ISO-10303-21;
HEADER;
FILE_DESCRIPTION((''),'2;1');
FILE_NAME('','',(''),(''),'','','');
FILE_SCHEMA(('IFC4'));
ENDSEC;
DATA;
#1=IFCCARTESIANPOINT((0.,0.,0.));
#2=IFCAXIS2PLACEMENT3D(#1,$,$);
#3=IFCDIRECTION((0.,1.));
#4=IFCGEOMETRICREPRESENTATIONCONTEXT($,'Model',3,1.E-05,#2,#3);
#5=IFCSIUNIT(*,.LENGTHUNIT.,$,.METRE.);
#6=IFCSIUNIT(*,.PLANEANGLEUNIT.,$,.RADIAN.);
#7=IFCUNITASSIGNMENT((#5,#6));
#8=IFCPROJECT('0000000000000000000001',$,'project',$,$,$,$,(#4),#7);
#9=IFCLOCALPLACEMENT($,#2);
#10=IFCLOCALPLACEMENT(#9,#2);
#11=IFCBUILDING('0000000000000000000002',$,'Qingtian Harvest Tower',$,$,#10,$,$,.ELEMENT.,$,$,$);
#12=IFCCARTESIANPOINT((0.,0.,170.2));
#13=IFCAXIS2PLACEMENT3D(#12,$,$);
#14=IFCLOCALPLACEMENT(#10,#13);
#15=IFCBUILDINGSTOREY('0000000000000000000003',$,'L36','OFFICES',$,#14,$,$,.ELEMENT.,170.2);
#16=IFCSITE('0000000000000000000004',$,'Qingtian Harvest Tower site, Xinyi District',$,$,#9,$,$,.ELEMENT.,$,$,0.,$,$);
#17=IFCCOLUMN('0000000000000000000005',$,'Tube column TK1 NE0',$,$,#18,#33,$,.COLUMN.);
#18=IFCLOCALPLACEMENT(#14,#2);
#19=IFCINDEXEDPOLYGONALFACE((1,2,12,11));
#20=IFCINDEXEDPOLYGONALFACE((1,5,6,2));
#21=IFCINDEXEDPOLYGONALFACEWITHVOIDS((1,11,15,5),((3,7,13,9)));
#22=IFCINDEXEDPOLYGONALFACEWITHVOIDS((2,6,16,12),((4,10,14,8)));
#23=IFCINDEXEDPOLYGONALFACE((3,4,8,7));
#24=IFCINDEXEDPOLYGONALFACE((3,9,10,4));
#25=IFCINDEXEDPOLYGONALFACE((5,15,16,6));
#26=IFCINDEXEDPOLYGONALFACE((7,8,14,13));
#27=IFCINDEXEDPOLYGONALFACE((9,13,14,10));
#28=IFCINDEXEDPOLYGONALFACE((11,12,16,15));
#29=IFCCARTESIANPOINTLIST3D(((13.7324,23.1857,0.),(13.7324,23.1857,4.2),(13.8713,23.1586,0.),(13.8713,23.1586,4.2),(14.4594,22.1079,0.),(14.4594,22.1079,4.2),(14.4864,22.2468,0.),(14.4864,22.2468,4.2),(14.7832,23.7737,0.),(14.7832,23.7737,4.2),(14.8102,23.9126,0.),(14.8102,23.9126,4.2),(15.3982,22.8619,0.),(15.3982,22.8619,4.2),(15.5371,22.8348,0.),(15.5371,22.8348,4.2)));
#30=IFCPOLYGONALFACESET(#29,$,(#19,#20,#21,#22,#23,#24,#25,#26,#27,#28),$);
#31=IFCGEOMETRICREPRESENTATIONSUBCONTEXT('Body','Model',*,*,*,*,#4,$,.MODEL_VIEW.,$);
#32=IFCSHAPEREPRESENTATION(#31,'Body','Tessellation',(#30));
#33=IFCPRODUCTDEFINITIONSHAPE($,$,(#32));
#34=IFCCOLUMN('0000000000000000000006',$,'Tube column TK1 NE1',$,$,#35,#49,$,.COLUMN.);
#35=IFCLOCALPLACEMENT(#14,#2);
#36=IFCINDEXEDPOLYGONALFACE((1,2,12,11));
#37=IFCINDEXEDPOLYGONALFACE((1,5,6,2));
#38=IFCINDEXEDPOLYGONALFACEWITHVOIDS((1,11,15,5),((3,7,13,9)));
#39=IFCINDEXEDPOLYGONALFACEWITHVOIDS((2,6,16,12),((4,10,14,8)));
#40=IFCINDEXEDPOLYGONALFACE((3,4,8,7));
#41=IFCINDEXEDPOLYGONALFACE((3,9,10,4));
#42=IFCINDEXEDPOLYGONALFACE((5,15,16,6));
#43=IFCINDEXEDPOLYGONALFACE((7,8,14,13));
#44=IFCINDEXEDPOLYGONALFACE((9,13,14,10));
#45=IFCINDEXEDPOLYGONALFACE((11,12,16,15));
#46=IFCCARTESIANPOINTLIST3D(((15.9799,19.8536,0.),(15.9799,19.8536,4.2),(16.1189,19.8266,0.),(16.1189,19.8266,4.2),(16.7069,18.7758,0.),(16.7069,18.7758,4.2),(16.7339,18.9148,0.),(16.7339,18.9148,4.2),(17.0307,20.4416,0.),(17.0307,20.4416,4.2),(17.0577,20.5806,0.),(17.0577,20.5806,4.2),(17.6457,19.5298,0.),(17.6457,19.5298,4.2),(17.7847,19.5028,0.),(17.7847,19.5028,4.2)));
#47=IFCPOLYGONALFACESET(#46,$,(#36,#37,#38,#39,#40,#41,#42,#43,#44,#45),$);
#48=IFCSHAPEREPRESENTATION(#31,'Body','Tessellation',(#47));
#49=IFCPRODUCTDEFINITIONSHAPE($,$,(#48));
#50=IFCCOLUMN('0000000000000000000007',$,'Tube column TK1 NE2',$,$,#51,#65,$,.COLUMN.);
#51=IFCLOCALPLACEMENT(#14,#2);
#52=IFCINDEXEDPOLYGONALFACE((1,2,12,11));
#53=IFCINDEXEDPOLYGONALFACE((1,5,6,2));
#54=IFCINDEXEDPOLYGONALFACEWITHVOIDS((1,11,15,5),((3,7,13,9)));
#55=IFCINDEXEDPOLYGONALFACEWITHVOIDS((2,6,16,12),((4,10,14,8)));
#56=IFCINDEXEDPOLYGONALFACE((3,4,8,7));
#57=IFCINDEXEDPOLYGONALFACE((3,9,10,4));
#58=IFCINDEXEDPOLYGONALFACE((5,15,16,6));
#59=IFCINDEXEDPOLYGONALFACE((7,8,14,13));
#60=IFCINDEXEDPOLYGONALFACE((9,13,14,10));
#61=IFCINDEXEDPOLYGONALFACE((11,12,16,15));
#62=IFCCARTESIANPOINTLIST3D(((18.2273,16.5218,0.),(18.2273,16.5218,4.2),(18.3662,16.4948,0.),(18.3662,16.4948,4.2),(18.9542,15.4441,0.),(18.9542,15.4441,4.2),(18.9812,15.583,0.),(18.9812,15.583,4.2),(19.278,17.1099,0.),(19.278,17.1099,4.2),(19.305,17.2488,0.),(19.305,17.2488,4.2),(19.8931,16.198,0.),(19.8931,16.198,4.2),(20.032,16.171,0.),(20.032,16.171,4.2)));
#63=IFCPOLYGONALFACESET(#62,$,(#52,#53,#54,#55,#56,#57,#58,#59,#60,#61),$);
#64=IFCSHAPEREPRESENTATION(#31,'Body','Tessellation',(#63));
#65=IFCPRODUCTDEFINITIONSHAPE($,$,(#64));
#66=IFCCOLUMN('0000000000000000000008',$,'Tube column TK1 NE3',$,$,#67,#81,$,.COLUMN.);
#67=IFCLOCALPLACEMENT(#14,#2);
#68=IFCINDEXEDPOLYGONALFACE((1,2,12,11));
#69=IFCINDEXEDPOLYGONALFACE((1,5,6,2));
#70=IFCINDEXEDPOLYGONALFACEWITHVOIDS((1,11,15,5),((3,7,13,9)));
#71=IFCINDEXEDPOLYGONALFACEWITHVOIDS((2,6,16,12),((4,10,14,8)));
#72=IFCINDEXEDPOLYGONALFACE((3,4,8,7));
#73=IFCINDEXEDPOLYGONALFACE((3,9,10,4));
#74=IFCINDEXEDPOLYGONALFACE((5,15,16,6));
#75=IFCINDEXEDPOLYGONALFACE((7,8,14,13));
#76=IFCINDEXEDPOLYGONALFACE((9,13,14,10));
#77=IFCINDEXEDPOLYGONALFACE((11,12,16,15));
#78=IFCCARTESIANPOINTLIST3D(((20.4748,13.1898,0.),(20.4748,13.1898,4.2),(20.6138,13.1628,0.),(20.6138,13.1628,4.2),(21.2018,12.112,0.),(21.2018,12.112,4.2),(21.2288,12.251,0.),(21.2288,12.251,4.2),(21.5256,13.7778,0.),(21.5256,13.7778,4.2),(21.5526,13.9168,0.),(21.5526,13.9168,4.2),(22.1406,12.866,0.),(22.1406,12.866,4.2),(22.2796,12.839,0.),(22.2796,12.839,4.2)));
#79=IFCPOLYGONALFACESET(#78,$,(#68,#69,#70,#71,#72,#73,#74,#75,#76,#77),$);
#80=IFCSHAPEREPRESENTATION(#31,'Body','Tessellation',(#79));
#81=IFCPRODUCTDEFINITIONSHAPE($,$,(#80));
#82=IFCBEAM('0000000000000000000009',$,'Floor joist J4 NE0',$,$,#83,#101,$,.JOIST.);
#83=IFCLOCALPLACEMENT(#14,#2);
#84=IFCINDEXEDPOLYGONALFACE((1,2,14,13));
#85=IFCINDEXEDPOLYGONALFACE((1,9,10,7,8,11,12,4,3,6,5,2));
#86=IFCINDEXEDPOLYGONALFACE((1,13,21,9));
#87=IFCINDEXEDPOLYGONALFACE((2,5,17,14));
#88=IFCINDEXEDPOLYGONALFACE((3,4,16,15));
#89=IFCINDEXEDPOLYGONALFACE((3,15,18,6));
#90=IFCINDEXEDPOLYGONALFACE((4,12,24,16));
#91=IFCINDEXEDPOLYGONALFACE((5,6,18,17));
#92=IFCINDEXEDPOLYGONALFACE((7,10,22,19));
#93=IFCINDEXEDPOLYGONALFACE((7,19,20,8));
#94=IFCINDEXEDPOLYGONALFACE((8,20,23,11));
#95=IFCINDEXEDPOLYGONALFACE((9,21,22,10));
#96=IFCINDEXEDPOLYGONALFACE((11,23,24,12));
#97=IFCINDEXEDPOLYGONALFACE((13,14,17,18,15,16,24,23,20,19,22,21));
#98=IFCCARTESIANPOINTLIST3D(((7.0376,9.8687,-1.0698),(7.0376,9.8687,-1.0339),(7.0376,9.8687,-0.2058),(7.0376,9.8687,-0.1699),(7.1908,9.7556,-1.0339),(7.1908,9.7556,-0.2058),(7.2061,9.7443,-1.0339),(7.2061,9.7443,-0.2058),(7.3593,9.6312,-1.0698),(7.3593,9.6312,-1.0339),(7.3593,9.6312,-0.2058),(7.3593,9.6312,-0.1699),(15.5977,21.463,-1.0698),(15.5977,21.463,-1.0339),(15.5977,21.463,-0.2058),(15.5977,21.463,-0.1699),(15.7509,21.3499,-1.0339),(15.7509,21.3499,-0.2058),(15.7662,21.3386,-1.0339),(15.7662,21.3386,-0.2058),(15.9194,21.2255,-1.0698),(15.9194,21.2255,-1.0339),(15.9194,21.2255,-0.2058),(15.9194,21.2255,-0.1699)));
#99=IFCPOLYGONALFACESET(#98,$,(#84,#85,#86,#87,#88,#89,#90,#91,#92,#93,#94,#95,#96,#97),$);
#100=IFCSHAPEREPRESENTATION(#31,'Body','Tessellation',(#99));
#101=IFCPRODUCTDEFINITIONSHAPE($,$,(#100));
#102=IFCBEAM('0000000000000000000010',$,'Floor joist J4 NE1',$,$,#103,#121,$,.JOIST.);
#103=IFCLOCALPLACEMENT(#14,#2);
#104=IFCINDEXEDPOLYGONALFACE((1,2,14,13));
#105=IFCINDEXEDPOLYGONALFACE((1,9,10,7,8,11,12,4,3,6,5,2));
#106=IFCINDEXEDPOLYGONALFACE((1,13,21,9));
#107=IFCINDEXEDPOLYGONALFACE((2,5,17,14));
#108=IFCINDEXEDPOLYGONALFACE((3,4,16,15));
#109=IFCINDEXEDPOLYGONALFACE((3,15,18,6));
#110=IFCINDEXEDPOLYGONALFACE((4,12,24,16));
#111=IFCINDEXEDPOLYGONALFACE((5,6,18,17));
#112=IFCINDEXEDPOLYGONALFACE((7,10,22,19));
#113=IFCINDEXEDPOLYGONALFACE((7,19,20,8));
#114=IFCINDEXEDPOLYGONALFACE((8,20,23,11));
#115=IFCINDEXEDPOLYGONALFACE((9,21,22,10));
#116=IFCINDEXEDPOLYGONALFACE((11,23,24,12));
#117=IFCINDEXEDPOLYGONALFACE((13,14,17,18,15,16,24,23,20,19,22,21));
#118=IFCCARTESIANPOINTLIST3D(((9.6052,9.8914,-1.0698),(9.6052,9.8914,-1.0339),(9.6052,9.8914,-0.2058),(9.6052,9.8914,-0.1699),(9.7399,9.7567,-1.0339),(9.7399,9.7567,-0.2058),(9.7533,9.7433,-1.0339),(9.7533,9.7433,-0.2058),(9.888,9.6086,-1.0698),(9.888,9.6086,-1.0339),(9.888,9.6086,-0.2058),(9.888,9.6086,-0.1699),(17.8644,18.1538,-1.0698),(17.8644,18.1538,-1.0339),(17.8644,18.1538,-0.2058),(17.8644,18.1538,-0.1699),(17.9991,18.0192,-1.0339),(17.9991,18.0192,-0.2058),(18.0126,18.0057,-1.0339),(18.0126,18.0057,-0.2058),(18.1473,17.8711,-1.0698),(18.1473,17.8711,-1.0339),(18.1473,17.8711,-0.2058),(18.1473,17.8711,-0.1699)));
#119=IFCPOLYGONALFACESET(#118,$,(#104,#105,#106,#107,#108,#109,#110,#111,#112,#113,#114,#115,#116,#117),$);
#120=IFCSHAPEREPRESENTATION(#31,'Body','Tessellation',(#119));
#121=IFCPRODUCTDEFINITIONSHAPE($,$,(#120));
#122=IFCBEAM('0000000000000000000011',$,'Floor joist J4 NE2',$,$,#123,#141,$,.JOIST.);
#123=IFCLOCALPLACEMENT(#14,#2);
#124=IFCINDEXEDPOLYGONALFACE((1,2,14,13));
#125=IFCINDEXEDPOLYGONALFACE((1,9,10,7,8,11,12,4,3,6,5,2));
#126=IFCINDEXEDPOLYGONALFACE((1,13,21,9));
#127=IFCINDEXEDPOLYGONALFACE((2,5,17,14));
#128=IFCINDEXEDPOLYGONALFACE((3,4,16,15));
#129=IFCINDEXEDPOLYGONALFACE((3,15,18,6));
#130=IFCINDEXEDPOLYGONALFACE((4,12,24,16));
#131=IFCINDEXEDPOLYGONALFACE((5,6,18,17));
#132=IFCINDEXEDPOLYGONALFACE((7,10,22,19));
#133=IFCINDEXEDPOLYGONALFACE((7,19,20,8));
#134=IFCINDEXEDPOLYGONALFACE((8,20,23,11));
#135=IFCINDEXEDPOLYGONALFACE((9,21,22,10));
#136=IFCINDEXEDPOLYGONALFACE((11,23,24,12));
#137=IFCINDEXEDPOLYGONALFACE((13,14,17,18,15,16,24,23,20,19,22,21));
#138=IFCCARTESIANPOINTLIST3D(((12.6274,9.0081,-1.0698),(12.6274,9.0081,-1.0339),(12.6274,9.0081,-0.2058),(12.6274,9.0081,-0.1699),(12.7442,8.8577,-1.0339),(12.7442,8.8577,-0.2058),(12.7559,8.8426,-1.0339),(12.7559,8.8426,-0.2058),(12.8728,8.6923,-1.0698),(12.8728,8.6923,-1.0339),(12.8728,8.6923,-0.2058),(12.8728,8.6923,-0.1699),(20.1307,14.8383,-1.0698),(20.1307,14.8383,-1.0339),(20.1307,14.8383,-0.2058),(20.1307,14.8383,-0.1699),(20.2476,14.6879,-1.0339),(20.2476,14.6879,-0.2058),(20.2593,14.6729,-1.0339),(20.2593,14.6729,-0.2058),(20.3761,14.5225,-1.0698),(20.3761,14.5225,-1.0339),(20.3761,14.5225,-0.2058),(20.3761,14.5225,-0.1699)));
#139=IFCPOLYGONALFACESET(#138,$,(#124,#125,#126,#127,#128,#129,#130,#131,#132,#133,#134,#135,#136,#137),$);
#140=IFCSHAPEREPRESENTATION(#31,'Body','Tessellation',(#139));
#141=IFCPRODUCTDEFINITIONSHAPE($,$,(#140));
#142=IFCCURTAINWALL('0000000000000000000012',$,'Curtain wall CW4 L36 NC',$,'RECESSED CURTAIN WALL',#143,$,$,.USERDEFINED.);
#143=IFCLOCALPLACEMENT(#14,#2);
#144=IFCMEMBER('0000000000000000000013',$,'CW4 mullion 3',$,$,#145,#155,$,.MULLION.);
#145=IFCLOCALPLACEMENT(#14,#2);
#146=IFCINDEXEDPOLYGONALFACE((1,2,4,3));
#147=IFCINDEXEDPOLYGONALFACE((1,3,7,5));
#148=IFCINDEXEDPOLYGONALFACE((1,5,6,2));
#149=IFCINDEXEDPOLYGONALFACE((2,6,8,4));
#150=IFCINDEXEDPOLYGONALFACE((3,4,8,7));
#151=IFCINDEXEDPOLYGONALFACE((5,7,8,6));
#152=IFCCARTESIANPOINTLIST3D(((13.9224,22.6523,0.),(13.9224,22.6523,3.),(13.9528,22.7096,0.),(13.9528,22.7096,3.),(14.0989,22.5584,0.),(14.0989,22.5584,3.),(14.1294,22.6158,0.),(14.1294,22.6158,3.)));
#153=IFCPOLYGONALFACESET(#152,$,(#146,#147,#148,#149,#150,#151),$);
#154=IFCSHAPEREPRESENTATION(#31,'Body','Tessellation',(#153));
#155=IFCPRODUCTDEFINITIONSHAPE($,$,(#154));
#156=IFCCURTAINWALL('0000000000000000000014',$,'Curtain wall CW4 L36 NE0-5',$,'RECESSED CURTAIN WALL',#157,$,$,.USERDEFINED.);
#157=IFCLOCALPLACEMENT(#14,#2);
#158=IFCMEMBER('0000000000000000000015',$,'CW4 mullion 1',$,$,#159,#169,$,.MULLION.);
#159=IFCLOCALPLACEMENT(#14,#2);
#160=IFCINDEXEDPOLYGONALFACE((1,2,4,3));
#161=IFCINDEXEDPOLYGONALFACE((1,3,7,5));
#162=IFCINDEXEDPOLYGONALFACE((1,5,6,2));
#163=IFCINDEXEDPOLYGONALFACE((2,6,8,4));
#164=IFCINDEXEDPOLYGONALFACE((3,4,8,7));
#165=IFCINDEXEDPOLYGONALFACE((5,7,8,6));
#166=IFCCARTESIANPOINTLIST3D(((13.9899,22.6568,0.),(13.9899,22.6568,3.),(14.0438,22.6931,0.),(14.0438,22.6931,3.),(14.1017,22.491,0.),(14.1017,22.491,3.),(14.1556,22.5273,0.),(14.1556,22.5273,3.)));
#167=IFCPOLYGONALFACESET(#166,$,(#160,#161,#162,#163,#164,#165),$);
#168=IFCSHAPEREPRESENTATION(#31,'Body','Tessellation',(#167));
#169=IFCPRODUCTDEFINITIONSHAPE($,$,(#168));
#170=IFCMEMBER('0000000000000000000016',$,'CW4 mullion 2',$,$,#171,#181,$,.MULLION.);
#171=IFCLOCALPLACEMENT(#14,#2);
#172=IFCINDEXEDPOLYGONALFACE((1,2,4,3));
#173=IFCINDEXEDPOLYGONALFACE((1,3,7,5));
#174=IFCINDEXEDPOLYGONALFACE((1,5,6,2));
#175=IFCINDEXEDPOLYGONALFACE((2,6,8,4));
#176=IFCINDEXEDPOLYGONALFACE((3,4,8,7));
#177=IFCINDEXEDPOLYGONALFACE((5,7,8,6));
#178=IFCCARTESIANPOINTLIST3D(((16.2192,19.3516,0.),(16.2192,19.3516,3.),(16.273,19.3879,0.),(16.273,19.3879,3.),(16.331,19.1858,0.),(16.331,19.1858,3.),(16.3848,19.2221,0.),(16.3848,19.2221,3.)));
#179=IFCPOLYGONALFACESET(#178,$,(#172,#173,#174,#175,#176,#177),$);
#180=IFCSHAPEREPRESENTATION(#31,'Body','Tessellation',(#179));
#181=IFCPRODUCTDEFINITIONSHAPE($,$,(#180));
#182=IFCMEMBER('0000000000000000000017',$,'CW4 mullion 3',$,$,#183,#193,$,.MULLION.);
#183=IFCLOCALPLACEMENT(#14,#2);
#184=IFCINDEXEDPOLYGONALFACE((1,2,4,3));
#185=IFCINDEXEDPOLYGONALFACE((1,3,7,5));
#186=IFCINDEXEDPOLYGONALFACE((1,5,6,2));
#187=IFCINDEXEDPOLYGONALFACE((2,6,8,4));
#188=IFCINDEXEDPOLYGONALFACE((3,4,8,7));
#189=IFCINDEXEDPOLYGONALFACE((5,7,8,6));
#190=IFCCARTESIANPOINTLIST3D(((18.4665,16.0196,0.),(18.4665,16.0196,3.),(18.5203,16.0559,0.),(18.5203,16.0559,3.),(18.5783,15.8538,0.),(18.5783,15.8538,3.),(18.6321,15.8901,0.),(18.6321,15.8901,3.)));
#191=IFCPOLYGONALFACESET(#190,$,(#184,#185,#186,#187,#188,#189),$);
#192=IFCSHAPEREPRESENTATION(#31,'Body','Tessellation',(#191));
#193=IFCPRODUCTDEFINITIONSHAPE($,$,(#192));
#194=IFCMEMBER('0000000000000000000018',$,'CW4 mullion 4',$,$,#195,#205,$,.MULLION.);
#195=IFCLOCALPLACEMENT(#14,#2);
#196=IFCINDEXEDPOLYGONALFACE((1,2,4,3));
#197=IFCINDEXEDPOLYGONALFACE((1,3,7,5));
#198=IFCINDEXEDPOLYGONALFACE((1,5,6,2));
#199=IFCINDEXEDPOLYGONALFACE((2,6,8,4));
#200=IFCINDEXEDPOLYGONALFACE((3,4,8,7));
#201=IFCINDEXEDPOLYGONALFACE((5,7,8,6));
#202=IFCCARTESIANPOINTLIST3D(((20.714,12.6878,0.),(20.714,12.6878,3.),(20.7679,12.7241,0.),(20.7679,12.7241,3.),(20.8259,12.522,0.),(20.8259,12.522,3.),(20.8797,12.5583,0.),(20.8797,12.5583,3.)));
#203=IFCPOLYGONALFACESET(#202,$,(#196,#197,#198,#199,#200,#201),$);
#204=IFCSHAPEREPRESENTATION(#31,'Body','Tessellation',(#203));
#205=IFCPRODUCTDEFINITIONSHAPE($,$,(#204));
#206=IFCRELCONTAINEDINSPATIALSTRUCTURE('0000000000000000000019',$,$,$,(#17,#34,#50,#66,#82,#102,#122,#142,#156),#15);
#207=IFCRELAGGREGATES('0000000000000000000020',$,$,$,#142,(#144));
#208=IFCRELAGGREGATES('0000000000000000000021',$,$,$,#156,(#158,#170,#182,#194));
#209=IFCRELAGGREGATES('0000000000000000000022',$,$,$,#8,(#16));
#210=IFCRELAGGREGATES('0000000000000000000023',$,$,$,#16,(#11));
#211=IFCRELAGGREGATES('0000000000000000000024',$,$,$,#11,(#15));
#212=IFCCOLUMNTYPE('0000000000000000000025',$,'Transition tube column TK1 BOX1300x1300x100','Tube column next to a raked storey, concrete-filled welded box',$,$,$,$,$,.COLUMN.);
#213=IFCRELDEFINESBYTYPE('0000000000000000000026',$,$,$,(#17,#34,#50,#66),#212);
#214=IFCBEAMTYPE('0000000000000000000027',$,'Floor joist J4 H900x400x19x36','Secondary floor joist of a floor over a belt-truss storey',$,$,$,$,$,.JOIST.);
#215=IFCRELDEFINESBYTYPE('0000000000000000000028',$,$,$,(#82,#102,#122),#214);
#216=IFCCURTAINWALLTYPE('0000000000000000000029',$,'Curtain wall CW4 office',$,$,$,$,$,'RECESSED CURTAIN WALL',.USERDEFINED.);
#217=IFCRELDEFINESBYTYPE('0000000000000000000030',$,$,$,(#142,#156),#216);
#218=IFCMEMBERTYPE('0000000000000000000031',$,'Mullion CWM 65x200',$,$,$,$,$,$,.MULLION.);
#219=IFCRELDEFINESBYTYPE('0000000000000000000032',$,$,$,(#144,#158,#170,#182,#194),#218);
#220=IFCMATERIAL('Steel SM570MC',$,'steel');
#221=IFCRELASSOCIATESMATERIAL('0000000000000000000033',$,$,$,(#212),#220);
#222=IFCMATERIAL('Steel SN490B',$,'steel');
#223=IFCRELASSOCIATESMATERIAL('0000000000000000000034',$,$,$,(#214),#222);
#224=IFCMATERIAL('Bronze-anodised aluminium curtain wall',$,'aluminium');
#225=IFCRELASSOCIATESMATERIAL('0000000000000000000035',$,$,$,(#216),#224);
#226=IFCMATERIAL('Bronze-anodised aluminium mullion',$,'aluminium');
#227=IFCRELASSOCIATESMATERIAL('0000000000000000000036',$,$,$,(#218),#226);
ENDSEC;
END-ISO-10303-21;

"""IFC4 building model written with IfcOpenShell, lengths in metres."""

from ifc_helpers import new_model, si_unit, direction, frame, origin, origin_2d, place, context, subcontext, project, spatial, rectangle, hollow_rectangle, i_section, extrude, material, material_profile, profile_set, type_object, element, aggregate, save


model = new_model("IFC4")

# Units and contexts
model_context = context("Model", 3, precision=1e-05, world=origin(), true_north=direction((0.0, 1.0)))
body_context = subcontext(model_context, "Body", "Model", "MODEL_VIEW")
ifc_project = project(units=[si_unit("LENGTHUNIT", "METRE"), si_unit("PLANEANGLEUNIT", "RADIAN")], contexts=[model_context])

# Site, building, storey
site_placement = place(None, origin())
site = spatial("IfcSite", under=ifc_project, at=site_placement, Name="Qingtian Harvest Tower site, Xinyi District", CompositionType="ELEMENT", RefElevation=0.0)
building_placement = place(site_placement, origin())
building = spatial("IfcBuilding", under=site, at=building_placement, Name="Qingtian Harvest Tower", CompositionType="ELEMENT")
storey_placement = place(building_placement, frame((0.0, 0.0, 170.2)))
storey = spatial("IfcBuildingStorey", under=building, at=storey_placement, Name="L36", Description="OFFICES", CompositionType="ELEMENT", Elevation=170.2)

# Columns
ifc_material_1 = material(Name="Steel SM570MC", Category="steel")
ifc_material_profile_1 = material_profile(ifc_material_1, hollow_rectangle(XDim=1.3, YDim=1.3, WallThickness=0.1001, at=origin_2d()), Name="BOX1300x1300x100")
ifc_profile_set_1 = profile_set([ifc_material_profile_1], Name="Steel SM570MC")
column_type = type_object("IfcColumnType", Name="Transition tube column TK1 BOX1300x1300x100", Description="Tube column next to a raked storey, concrete-filled welded box", PredefinedType="COLUMN", material=ifc_profile_set_1)
for number, where, z_axis, x_axis, name in (
    (1, (14.6348, 23.0103, 0.0), (0.0, 0.0, 1.0), (-0.559193, 0.829038, 0.0), "Tube column TK1 NE0"),
    (2, (16.8823, 19.6782, 0.0), (0.0, 0.0, 1.0), (-0.559193, 0.829038, 0.0), "Tube column TK1 NE1"),
    (3, (19.1296, 16.3464, 0.0), (0.0, 0.0, 1.0), (-0.559193, 0.829038, 0.0), "Tube column TK1 NE2"),
    (4, (21.3772, 13.0144, 0.0), (0.0, 0.0, 1.0), (-0.559193, 0.829038, 0.0), "Tube column TK1 NE3"),
):
    element("IfcColumn", number, at=place(storey_placement, frame(where, z_axis=z_axis, x_axis=x_axis)), inside=storey, type_object=column_type, Name=name, PredefinedType="COLUMN", context=body_context, shape_type="SweptSolid", body=[
        extrude(hollow_rectangle(XDim=1.3, YDim=1.3, WallThickness=0.1001, at=origin_2d()), origin(), (0.0, 0.0, 1.0), 4.2),
    ])

# Beams
ifc_material_2 = material(Name="Steel SN490B", Category="steel")
ifc_material_profile_2 = material_profile(ifc_material_2, i_section(OverallWidth=0.3999, OverallDepth=0.8999, WebThickness=0.019, FlangeThickness=0.0359, at=origin_2d()), Name="H900x400x19x36")
ifc_profile_set_2 = profile_set([ifc_material_profile_2], Name="Steel SN490B")
beam_type_1 = type_object("IfcBeamType", Name="Floor joist J4 H900x400x19x36", Description="Secondary floor joist of a floor over a belt-truss storey", PredefinedType="JOIST", material=ifc_profile_set_2)
beam_1_placement = place(storey_placement, frame((15.7585, 21.3442, -0.6199), z_axis=(-0.59396, -0.804494, 0.0), x_axis=(0.804494, -0.59396, 0.0)))
element("IfcBeam", 5, at=beam_1_placement, inside=storey, type_object=beam_type_1, Name="Floor joist J4 NE0", PredefinedType="JOIST", context=body_context, shape_type="SweptSolid", body=[
    extrude(i_section(OverallWidth=0.3999, OverallDepth=0.8999, WebThickness=0.019, FlangeThickness=0.0359, at=origin_2d()), origin(), (0.0, 0.0, 1.0), 14.4119),
])
beam_2_placement = place(storey_placement, frame((18.0059, 18.0125, -0.6199), z_axis=(-0.706971, -0.707243, 0.0), x_axis=(0.707243, -0.706971, 0.0)))
element("IfcBeam", 6, at=beam_2_placement, inside=storey, type_object=beam_type_1, Name="Floor joist J4 NE1", PredefinedType="JOIST", context=body_context, shape_type="SweptSolid", body=[
    extrude(i_section(OverallWidth=0.3999, OverallDepth=0.8999, WebThickness=0.019, FlangeThickness=0.0359, at=origin_2d()), origin(), (0.0, 0.0, 1.0), 11.6826),
])
beam_3_placement = place(storey_placement, frame((20.2534, 14.6804, -0.6199), z_axis=(-0.789641, -0.613569, 0.0), x_axis=(0.613569, -0.789641, 0.0)))
element("IfcBeam", 7, at=beam_3_placement, inside=storey, type_object=beam_type_1, Name="Floor joist J4 NE2", PredefinedType="JOIST", context=body_context, shape_type="SweptSolid", body=[
    extrude(i_section(OverallWidth=0.3999, OverallDepth=0.8999, WebThickness=0.019, FlangeThickness=0.0359, at=origin_2d()), origin(), (0.0, 0.0, 1.0), 9.5022),
])

# Curtain wall, member
ifc_material_3 = material(Name="Bronze-anodised aluminium curtain wall", Category="aluminium")
curtain_wall_type = type_object("IfcCurtainWallType", Name="Curtain wall CW4 office", ElementType="RECESSED CURTAIN WALL", PredefinedType="USERDEFINED", material=ifc_material_3)
curtain_wall_1_placement = place(storey_placement, origin())
curtain_wall_1 = element("IfcCurtainWall", 8, at=curtain_wall_1_placement, inside=storey, type_object=curtain_wall_type, Name="Curtain wall CW4 L36 NC", ObjectType="RECESSED CURTAIN WALL", PredefinedType="USERDEFINED")
ifc_material_4 = material(Name="Bronze-anodised aluminium mullion", Category="aluminium")
ifc_material_profile_3 = material_profile(ifc_material_4, rectangle(XDim=0.0649, YDim=0.2, at=origin_2d()), Name="AL 65x200")
ifc_profile_set_3 = profile_set([ifc_material_profile_3], Name="Bronze-anodised aluminium mullion")
member_type_1 = type_object("IfcMemberType", Name="Mullion CWM 65x200", PredefinedType="MULLION", material=ifc_profile_set_3)
member_1_placement = place(storey_placement, frame((14.0259, 22.634, 0.0), z_axis=(0.0, 0.0, 1.0), x_axis=(0.469472, 0.882948, 0.0)))
member_1 = element("IfcMember", 9, at=member_1_placement, type_object=member_type_1, Name="CW4 mullion 3", PredefinedType="MULLION", context=body_context, shape_type="SweptSolid", body=[
    extrude(rectangle(XDim=0.0649, YDim=0.2, at=origin_2d()), origin(), (0.0, 0.0, 1.0), 3.0),
])

# Curtain wall, members
curtain_wall_2_placement = place(storey_placement, origin())
curtain_wall_2 = element("IfcCurtainWall", 10, at=curtain_wall_2_placement, inside=storey, type_object=curtain_wall_type, Name="Curtain wall CW4 L36 NE0-5", ObjectType="RECESSED CURTAIN WALL", PredefinedType="USERDEFINED")
member_2_placement = place(storey_placement, frame((14.0728, 22.592, 0.0), z_axis=(0.0, 0.0, 1.0), x_axis=(0.829038, 0.559193, 0.0)))
member_2 = element("IfcMember", 11, at=member_2_placement, type_object=member_type_1, Name="CW4 mullion 1", PredefinedType="MULLION", context=body_context, shape_type="SweptSolid", body=[
    extrude(rectangle(XDim=0.0649, YDim=0.2, at=origin_2d()), origin(), (0.0, 0.0, 1.0), 3.0),
])
member_3_placement = place(storey_placement, frame((16.302, 19.2869, 0.0), z_axis=(0.0, 0.0, 1.0), x_axis=(0.829038, 0.559193, 0.0)))
member_3 = element("IfcMember", 12, at=member_3_placement, type_object=member_type_1, Name="CW4 mullion 2", PredefinedType="MULLION", context=body_context, shape_type="SweptSolid", body=[
    extrude(rectangle(XDim=0.0649, YDim=0.2, at=origin_2d()), origin(), (0.0, 0.0, 1.0), 3.0),
])
member_4_placement = place(storey_placement, frame((18.5493, 15.9548, 0.0), z_axis=(0.0, 0.0, 1.0), x_axis=(0.829038, 0.559193, 0.0)))
member_4 = element("IfcMember", 13, at=member_4_placement, type_object=member_type_1, Name="CW4 mullion 3", PredefinedType="MULLION", context=body_context, shape_type="SweptSolid", body=[
    extrude(rectangle(XDim=0.0649, YDim=0.2, at=origin_2d()), origin(), (0.0, 0.0, 1.0), 3.0),
])
member_5_placement = place(storey_placement, frame((20.7969, 12.623, 0.0), z_axis=(0.0, 0.0, 1.0), x_axis=(0.829038, 0.559193, 0.0)))
member_5 = element("IfcMember", 14, at=member_5_placement, type_object=member_type_1, Name="CW4 mullion 4", PredefinedType="MULLION", context=body_context, shape_type="SweptSolid", body=[
    extrude(rectangle(XDim=0.0649, YDim=0.2, at=origin_2d()), origin(), (0.0, 0.0, 1.0), 3.0),
])

aggregate(curtain_wall_1, [member_1])
aggregate(curtain_wall_2, [member_2, member_3, member_4, member_5])

save(model, "model.ifc")
